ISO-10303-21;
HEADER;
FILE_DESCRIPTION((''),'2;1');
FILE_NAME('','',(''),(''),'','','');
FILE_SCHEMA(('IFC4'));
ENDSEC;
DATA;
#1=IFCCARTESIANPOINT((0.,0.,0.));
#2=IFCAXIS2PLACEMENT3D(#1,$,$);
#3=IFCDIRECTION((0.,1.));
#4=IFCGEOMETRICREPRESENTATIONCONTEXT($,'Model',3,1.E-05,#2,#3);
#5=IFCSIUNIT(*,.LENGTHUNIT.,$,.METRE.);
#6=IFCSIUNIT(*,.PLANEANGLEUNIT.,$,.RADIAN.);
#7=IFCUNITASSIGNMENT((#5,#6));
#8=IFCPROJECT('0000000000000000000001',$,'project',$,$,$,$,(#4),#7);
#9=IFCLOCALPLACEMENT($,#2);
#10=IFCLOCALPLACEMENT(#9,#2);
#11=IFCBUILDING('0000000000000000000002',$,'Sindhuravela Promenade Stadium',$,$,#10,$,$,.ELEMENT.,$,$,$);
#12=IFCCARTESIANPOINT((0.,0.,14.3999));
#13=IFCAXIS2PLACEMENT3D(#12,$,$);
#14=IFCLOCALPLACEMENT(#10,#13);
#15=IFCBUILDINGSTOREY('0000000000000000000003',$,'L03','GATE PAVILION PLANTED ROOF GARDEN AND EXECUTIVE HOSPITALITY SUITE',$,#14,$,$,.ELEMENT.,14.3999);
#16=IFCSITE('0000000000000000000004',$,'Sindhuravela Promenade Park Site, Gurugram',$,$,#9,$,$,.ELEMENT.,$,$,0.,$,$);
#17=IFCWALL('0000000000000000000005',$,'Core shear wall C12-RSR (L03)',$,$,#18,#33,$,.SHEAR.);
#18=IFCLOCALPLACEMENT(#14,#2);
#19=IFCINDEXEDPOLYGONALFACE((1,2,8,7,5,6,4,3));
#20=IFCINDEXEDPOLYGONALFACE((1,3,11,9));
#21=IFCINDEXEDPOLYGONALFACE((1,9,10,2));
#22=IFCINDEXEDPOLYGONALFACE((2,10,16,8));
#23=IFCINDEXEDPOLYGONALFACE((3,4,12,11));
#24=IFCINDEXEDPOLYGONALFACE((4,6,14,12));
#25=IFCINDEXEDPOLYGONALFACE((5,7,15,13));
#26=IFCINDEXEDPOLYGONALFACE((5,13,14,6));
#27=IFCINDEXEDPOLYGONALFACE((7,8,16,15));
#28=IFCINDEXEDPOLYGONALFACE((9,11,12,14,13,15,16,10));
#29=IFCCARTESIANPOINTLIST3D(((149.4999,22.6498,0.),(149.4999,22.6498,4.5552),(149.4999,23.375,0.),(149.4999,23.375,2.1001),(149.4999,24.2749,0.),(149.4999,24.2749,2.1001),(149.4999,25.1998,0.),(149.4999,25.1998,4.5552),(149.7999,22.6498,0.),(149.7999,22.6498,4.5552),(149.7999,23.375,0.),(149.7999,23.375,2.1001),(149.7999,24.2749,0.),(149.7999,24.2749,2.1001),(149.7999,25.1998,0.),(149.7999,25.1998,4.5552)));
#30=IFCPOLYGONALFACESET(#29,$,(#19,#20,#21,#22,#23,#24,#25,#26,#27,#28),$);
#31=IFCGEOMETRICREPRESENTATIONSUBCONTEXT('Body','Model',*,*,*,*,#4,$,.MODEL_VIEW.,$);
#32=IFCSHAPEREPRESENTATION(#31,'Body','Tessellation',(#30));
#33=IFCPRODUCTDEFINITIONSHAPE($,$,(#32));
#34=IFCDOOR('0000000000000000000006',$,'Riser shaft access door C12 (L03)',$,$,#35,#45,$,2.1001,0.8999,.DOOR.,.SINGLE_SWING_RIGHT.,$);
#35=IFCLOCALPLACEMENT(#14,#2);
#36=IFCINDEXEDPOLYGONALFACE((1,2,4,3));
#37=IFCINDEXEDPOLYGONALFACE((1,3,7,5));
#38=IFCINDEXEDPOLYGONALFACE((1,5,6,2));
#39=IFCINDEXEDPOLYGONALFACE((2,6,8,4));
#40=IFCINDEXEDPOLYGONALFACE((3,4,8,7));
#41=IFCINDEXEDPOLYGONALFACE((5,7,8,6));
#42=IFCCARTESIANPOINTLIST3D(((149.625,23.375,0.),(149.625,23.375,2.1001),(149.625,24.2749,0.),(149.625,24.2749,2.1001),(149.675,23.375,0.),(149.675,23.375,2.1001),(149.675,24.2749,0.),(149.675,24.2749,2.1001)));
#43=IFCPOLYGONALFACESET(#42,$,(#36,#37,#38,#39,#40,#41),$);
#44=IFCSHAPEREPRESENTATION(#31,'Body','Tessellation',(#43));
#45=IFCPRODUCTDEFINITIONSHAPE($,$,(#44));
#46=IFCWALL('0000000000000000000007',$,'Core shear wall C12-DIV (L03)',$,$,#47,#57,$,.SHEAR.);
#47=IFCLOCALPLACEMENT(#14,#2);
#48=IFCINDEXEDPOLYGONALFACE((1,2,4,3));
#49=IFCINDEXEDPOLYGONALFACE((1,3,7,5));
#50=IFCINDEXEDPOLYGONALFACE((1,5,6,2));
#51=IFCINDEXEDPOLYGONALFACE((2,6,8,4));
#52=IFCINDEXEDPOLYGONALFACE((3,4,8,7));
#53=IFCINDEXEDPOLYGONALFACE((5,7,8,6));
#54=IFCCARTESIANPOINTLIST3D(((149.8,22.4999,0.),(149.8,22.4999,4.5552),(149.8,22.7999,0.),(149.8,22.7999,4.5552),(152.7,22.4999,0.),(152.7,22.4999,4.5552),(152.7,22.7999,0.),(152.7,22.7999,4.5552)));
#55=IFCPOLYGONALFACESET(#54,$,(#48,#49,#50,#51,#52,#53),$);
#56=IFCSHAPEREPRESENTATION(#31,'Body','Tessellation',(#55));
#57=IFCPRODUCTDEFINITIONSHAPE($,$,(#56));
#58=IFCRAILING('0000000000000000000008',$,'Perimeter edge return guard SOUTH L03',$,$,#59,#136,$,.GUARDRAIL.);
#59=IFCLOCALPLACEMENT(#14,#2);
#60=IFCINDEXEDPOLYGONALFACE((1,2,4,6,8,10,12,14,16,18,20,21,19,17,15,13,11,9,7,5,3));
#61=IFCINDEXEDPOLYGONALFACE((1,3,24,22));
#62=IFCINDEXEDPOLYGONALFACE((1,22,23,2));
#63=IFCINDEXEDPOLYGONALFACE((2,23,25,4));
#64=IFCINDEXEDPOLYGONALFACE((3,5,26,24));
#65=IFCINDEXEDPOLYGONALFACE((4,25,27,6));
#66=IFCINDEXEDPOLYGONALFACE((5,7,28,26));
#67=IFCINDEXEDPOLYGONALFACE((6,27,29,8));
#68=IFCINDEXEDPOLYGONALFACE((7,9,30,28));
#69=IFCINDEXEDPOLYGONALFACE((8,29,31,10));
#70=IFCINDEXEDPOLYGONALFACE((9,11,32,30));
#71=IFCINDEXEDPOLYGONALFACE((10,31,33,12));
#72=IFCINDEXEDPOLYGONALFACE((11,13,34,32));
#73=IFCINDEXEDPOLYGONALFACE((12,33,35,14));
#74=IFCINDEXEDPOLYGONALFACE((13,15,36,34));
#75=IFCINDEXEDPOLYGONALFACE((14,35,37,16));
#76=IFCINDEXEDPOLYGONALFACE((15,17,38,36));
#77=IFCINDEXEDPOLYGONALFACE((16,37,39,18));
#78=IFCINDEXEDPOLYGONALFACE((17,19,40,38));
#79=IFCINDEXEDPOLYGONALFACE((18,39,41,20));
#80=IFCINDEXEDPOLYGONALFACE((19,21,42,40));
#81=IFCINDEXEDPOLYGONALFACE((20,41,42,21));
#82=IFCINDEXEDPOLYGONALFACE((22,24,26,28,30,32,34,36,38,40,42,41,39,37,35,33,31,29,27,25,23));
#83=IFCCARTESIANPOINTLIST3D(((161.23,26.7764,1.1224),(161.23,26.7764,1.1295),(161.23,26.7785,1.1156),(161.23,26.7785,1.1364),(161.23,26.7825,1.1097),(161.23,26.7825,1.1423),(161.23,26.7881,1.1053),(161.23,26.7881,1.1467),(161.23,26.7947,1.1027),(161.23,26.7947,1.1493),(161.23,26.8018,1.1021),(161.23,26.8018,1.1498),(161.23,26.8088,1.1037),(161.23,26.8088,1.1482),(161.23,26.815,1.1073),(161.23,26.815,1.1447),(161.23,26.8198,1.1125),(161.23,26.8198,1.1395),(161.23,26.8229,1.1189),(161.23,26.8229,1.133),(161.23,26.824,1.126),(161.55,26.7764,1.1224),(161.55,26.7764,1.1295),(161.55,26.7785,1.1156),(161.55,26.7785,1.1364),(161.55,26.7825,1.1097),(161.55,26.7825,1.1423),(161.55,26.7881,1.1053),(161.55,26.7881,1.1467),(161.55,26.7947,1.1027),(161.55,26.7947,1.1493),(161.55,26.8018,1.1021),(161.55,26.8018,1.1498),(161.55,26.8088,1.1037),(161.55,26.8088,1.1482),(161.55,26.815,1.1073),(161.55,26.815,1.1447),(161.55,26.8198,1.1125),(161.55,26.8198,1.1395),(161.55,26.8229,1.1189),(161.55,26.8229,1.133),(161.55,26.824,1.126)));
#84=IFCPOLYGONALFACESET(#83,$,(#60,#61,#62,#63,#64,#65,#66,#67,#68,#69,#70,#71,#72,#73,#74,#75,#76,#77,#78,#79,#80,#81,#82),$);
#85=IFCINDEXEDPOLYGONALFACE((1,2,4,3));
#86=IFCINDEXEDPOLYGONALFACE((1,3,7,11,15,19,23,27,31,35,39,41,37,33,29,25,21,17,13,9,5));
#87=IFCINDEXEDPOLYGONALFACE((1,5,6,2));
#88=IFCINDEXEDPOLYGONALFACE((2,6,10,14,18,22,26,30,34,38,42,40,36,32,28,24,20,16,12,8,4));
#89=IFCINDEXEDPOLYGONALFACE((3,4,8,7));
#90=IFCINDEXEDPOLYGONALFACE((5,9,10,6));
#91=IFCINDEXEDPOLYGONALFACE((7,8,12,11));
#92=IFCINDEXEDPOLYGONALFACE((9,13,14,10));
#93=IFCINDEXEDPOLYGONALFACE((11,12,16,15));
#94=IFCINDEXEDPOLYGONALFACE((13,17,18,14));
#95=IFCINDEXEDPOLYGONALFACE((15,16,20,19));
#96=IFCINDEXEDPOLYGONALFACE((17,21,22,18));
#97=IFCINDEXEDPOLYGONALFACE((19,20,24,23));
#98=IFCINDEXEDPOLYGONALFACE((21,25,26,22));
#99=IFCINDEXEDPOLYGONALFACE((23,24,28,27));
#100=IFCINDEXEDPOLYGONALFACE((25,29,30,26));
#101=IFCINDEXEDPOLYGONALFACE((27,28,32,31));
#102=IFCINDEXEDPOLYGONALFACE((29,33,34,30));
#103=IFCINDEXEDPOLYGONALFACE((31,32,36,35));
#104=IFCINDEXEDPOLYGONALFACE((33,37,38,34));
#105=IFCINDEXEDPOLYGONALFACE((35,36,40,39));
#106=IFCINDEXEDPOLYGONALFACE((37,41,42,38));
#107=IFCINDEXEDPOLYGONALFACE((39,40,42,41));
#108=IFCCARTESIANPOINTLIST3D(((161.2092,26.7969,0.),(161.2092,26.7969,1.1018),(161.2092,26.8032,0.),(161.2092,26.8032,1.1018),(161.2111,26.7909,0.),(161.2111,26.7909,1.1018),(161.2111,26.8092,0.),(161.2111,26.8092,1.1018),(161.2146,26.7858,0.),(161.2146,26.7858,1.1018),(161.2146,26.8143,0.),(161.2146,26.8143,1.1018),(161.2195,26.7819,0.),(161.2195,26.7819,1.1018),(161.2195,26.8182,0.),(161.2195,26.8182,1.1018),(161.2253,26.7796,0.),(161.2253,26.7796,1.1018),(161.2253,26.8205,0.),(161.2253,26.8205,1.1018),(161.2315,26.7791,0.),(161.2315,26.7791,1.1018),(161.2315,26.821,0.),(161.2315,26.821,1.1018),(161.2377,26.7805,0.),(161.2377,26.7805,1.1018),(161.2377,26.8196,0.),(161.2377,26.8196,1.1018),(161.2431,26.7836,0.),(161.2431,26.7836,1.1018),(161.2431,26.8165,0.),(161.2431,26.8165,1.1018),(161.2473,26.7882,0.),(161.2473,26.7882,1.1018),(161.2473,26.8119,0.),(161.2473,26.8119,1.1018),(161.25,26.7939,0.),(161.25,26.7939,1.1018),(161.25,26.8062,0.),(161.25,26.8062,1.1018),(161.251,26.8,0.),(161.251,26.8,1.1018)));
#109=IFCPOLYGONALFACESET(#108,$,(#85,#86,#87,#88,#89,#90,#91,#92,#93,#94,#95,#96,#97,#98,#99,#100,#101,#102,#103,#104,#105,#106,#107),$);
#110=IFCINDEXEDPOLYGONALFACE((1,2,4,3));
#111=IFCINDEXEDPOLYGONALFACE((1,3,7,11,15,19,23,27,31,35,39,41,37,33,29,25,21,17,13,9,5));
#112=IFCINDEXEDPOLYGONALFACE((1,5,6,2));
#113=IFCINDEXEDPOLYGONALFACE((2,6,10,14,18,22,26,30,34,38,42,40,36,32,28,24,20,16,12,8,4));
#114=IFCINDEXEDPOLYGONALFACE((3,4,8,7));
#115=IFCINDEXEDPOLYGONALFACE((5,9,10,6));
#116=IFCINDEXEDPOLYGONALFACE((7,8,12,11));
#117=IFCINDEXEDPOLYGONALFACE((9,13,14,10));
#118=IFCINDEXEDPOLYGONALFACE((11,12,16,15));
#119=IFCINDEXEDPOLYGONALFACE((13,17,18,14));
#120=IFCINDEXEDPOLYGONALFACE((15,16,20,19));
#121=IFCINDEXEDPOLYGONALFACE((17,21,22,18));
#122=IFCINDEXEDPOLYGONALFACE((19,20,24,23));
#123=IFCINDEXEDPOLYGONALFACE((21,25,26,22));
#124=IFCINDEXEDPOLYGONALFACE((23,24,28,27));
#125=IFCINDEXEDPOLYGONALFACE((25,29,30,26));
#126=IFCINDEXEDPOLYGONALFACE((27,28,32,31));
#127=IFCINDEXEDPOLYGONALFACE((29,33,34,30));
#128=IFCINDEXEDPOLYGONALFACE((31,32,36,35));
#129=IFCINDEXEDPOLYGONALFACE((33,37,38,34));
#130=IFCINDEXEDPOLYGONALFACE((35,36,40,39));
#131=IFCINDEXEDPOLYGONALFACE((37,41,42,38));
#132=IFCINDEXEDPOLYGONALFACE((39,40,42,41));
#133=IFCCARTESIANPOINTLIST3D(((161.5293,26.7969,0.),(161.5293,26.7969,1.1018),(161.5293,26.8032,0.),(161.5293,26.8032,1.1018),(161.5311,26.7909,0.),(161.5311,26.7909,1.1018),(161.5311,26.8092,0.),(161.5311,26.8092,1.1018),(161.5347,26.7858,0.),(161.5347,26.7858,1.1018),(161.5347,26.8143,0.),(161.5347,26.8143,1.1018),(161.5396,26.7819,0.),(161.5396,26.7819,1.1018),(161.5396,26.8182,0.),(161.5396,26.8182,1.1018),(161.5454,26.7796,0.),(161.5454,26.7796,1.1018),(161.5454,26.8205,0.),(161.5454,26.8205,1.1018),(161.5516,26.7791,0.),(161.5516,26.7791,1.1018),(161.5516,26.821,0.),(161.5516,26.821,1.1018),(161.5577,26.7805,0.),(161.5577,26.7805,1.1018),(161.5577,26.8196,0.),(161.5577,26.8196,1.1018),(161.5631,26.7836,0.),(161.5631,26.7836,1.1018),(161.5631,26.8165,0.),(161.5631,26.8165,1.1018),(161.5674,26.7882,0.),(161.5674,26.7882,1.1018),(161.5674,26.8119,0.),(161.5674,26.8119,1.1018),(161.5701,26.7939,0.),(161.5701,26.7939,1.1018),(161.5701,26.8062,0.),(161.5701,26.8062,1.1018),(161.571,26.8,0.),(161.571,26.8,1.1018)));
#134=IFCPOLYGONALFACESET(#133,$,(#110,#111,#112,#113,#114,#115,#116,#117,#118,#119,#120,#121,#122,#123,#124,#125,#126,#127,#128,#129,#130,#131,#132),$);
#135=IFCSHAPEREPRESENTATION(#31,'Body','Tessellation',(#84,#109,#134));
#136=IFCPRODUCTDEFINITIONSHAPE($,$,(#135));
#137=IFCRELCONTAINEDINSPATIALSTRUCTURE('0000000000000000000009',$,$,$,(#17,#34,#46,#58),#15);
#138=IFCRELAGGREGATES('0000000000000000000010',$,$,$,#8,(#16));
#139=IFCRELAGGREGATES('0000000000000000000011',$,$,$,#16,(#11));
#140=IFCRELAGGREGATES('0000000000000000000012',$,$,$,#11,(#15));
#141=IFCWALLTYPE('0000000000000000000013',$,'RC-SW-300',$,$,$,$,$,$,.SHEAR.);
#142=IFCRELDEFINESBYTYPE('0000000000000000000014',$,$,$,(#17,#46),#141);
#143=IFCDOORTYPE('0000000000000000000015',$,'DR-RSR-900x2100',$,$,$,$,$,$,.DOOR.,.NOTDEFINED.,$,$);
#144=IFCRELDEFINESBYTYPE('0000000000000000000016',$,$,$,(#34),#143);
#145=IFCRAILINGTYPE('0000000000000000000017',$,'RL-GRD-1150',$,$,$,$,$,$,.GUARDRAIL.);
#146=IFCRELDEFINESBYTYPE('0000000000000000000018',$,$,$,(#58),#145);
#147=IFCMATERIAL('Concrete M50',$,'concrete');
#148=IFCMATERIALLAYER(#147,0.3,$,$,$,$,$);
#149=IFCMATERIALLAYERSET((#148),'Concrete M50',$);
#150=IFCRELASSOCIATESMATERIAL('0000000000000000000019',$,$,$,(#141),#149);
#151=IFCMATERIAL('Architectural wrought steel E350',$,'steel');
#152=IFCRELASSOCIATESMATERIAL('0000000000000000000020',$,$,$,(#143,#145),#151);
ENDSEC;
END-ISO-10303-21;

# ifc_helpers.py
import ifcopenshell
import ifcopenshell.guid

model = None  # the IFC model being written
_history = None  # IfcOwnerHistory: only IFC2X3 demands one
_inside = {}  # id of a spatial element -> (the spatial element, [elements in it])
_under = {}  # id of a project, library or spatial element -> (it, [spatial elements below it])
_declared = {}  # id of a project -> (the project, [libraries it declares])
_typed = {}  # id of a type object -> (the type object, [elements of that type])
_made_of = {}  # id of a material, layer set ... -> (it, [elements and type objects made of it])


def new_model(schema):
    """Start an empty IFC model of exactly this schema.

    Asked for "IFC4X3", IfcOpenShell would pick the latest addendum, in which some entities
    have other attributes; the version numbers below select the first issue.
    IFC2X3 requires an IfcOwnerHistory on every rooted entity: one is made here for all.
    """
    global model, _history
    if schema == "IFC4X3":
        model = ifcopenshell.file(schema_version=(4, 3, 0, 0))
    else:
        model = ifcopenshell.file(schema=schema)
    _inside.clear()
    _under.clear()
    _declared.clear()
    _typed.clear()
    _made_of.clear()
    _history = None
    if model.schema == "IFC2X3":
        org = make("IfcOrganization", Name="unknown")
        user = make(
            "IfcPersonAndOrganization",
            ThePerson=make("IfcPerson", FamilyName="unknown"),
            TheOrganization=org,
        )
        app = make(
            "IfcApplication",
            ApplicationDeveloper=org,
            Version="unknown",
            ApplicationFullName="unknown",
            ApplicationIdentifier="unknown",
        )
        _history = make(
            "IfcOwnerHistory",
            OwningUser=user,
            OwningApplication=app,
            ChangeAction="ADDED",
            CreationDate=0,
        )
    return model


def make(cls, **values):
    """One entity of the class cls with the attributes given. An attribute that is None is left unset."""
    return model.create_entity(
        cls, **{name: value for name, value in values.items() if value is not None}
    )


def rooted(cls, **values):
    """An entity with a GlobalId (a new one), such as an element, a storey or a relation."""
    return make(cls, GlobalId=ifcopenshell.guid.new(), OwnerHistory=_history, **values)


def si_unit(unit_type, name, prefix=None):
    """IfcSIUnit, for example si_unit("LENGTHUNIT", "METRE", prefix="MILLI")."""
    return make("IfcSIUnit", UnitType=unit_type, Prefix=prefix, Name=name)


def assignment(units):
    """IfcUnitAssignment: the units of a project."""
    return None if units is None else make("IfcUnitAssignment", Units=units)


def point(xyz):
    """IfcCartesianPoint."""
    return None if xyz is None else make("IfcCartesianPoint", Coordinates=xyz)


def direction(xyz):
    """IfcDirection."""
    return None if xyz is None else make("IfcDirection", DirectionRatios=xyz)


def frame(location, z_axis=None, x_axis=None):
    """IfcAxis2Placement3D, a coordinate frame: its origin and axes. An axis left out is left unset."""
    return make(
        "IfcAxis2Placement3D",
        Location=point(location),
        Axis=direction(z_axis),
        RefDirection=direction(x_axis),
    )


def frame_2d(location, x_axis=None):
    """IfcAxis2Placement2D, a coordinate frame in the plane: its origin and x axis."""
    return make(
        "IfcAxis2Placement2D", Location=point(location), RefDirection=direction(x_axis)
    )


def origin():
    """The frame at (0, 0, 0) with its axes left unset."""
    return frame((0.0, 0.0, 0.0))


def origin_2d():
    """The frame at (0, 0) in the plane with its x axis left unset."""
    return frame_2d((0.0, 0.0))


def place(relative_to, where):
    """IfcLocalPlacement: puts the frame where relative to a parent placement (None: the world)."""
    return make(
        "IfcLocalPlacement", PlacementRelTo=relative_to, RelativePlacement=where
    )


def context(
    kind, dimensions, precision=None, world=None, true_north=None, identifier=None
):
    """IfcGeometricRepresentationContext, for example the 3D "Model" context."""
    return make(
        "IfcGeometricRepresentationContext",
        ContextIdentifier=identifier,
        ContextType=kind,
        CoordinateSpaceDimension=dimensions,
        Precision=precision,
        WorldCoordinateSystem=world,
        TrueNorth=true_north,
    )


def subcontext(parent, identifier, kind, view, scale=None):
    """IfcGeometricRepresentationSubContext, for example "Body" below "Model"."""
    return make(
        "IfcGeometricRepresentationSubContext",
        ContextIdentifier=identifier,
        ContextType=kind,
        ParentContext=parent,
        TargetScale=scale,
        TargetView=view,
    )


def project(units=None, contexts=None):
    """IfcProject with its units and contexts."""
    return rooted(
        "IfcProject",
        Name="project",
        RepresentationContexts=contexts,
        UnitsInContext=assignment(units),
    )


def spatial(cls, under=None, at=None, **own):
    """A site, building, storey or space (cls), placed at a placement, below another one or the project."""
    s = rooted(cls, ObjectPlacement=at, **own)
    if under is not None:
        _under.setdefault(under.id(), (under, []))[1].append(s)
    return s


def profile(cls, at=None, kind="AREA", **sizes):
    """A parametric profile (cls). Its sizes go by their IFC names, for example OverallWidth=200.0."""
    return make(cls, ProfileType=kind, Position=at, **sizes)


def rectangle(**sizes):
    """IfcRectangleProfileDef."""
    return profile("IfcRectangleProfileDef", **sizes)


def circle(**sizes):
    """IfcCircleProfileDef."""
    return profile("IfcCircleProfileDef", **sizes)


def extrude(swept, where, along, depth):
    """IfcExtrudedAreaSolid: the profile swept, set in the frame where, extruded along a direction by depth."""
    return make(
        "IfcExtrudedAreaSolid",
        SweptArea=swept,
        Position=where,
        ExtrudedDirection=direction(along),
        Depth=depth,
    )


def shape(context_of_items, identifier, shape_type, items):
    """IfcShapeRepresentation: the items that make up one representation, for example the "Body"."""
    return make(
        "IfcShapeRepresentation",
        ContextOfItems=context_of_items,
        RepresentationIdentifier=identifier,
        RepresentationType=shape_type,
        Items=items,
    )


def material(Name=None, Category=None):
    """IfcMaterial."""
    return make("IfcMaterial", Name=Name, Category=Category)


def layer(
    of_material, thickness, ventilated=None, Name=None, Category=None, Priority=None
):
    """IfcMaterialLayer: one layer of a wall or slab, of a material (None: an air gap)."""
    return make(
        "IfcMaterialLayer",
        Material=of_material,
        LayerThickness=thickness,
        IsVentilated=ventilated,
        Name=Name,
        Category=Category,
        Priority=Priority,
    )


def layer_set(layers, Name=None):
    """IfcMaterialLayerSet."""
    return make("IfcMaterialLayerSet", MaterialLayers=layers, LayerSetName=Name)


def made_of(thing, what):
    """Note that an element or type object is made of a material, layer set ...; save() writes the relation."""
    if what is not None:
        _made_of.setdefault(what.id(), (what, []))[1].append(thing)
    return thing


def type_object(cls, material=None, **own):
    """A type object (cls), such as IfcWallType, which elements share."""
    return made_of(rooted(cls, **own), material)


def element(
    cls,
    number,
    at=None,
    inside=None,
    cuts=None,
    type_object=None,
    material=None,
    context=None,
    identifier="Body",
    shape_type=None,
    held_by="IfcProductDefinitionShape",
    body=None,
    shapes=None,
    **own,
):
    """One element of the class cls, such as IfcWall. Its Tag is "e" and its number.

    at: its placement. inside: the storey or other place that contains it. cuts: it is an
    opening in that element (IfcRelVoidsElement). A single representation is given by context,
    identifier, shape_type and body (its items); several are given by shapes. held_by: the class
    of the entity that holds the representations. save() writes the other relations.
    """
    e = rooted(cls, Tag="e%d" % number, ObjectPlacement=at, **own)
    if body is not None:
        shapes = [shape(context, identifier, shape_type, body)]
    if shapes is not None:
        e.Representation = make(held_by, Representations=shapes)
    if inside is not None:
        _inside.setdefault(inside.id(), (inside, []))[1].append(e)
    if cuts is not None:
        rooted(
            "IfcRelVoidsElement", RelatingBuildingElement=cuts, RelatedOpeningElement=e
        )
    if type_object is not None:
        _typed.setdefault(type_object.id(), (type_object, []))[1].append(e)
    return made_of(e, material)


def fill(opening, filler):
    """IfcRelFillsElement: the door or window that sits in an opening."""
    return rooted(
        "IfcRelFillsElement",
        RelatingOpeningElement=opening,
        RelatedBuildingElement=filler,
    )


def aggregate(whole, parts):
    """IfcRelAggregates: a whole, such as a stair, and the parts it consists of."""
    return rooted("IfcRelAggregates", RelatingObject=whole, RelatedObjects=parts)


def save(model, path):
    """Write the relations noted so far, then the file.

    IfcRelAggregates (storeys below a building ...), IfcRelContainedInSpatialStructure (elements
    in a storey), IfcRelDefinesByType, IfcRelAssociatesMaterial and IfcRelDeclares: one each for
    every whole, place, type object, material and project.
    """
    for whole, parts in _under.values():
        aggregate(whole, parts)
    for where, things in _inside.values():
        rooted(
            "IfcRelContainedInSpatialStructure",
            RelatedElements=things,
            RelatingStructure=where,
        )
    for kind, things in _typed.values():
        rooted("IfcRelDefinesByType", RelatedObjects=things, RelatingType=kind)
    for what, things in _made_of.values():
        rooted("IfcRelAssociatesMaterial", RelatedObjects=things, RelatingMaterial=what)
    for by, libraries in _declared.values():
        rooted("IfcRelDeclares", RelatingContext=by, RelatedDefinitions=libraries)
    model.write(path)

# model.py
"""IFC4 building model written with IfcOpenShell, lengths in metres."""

from ifc_helpers import new_model, si_unit, direction, frame, frame_2d, origin, origin_2d, place, context, subcontext, project, spatial, rectangle, circle, extrude, material, layer, layer_set, type_object, element, fill, save


model = new_model("IFC4")

# Units and contexts
model_context = context("Model", 3, precision=1e-05, world=origin(), true_north=direction((0.0, 1.0)))
body_context = subcontext(model_context, "Body", "Model", "MODEL_VIEW")
ifc_project = project(units=[si_unit("LENGTHUNIT", "METRE"), si_unit("PLANEANGLEUNIT", "RADIAN")], contexts=[model_context])

# Site, building, storey
site_placement = place(None, origin())
site = spatial("IfcSite", under=ifc_project, at=site_placement, Name="Sindhuravela Promenade Park Site, Gurugram", CompositionType="ELEMENT", RefElevation=0.0)
building_placement = place(site_placement, origin())
building = spatial("IfcBuilding", under=site, at=building_placement, Name="Sindhuravela Promenade Stadium", CompositionType="ELEMENT")
storey_placement = place(building_placement, frame((0.0, 0.0, 14.3999)))
storey = spatial("IfcBuildingStorey", under=building, at=storey_placement, Name="L03", Description="GATE PAVILION PLANTED ROOF GARDEN AND EXECUTIVE HOSPITALITY SUITE", CompositionType="ELEMENT", Elevation=14.3999)

# Shared definitions
ifc_material_1 = material(Name="Concrete M50", Category="concrete")
ifc_layer_1 = layer(ifc_material_1, 0.3)
ifc_layer_set_1 = layer_set([ifc_layer_1], Name="Concrete M50")
wall_type_1 = type_object("IfcWallType", Name="RC-SW-300", PredefinedType="SHEAR", material=ifc_layer_set_1)

# Wall, opening, door
wall_1_placement = place(storey_placement, frame((149.6499, 22.6499, 0.0), z_axis=(0.0, 0.0, 1.0), x_axis=(0.0, 1.0, 0.0)))
wall_1 = element("IfcWall", 1, at=wall_1_placement, inside=storey, type_object=wall_type_1, Name="Core shear wall C12-RSR (L03)", PredefinedType="SHEAR", context=body_context, shape_type="SweptSolid", body=[
    extrude(rectangle(XDim=2.55, YDim=0.3, at=frame_2d((1.2749, 0.0))), origin(), (0.0, 0.0, 1.0), 4.5552),
])
opening_1_placement = place(wall_1_placement, frame((0.7251, 0.0, 0.0)))
opening_1 = element("IfcOpeningElement", 2, at=opening_1_placement, cuts=wall_1, PredefinedType="OPENING", context=body_context, shape_type="SweptSolid", body=[
    extrude(rectangle(XDim=0.8999, YDim=2.1001, at=frame_2d((0.45, 1.05))), frame((0.0, 0.1599, 0.0), z_axis=(0.0, -1.0, 0.0), x_axis=(1.0, 0.0, 0.0)), (0.0, 0.0, 1.0), 0.3201),
])
ifc_material_2 = material(Name="Architectural wrought steel E350", Category="steel")
door_type = type_object("IfcDoorType", Name="DR-RSR-900x2100", OperationType="NOTDEFINED", PredefinedType="DOOR", material=ifc_material_2)
door_placement = place(opening_1_placement, origin())
door = element("IfcDoor", 3, at=door_placement, inside=storey, type_object=door_type, Name="Riser shaft access door C12 (L03)", OperationType="SINGLE_SWING_RIGHT", OverallHeight=2.1001, OverallWidth=0.8999, PredefinedType="DOOR", context=body_context, shape_type="SweptSolid", body=[
    extrude(rectangle(XDim=0.8999, YDim=2.1001, at=frame_2d((0.45, 1.05))), frame((0.0, 0.0249, 0.0), z_axis=(0.0, -1.0, 0.0), x_axis=(1.0, 0.0, 0.0)), (0.0, 0.0, 1.0), 0.05),
])
fill(opening_1, door)

# Wall
wall_2_placement = place(storey_placement, frame((149.8, 22.6499, 0.0), z_axis=(0.0, 0.0, 1.0), x_axis=(1.0, 0.0, 0.0)))
element("IfcWall", 4, at=wall_2_placement, inside=storey, type_object=wall_type_1, Name="Core shear wall C12-DIV (L03)", PredefinedType="SHEAR", context=body_context, shape_type="SweptSolid", body=[
    extrude(rectangle(XDim=2.8999, YDim=0.3, at=frame_2d((1.45, 0.0))), origin(), (0.0, 0.0, 1.0), 4.5552),
])

# Railing
railing_type = type_object("IfcRailingType", Name="RL-GRD-1150", PredefinedType="GUARDRAIL", material=ifc_material_2)
railing_1_placement = place(storey_placement, frame((161.23, 26.8, 0.0)))
element("IfcRailing", 5, at=railing_1_placement, inside=storey, type_object=railing_type, Name="Perimeter edge return guard SOUTH L03", PredefinedType="GUARDRAIL", context=body_context, shape_type="SweptSolid", body=[
    extrude(circle(Radius=0.0239, at=origin_2d()), frame((0.0, 0.0, 1.126), z_axis=(1.0, 0.0, 0.0), x_axis=(0.0, 1.0, 0.0)), (0.0, 0.0, 1.0), 0.3201),
    extrude(circle(Radius=0.021, at=origin_2d()), origin(), (0.0, 0.0, 1.0), 1.1018),
    extrude(circle(Radius=0.021, at=origin_2d()), frame((0.3201, 0.0, 0.0)), (0.0, 0.0, 1.0), 1.1018),
])

save(model, "model.ifc")
